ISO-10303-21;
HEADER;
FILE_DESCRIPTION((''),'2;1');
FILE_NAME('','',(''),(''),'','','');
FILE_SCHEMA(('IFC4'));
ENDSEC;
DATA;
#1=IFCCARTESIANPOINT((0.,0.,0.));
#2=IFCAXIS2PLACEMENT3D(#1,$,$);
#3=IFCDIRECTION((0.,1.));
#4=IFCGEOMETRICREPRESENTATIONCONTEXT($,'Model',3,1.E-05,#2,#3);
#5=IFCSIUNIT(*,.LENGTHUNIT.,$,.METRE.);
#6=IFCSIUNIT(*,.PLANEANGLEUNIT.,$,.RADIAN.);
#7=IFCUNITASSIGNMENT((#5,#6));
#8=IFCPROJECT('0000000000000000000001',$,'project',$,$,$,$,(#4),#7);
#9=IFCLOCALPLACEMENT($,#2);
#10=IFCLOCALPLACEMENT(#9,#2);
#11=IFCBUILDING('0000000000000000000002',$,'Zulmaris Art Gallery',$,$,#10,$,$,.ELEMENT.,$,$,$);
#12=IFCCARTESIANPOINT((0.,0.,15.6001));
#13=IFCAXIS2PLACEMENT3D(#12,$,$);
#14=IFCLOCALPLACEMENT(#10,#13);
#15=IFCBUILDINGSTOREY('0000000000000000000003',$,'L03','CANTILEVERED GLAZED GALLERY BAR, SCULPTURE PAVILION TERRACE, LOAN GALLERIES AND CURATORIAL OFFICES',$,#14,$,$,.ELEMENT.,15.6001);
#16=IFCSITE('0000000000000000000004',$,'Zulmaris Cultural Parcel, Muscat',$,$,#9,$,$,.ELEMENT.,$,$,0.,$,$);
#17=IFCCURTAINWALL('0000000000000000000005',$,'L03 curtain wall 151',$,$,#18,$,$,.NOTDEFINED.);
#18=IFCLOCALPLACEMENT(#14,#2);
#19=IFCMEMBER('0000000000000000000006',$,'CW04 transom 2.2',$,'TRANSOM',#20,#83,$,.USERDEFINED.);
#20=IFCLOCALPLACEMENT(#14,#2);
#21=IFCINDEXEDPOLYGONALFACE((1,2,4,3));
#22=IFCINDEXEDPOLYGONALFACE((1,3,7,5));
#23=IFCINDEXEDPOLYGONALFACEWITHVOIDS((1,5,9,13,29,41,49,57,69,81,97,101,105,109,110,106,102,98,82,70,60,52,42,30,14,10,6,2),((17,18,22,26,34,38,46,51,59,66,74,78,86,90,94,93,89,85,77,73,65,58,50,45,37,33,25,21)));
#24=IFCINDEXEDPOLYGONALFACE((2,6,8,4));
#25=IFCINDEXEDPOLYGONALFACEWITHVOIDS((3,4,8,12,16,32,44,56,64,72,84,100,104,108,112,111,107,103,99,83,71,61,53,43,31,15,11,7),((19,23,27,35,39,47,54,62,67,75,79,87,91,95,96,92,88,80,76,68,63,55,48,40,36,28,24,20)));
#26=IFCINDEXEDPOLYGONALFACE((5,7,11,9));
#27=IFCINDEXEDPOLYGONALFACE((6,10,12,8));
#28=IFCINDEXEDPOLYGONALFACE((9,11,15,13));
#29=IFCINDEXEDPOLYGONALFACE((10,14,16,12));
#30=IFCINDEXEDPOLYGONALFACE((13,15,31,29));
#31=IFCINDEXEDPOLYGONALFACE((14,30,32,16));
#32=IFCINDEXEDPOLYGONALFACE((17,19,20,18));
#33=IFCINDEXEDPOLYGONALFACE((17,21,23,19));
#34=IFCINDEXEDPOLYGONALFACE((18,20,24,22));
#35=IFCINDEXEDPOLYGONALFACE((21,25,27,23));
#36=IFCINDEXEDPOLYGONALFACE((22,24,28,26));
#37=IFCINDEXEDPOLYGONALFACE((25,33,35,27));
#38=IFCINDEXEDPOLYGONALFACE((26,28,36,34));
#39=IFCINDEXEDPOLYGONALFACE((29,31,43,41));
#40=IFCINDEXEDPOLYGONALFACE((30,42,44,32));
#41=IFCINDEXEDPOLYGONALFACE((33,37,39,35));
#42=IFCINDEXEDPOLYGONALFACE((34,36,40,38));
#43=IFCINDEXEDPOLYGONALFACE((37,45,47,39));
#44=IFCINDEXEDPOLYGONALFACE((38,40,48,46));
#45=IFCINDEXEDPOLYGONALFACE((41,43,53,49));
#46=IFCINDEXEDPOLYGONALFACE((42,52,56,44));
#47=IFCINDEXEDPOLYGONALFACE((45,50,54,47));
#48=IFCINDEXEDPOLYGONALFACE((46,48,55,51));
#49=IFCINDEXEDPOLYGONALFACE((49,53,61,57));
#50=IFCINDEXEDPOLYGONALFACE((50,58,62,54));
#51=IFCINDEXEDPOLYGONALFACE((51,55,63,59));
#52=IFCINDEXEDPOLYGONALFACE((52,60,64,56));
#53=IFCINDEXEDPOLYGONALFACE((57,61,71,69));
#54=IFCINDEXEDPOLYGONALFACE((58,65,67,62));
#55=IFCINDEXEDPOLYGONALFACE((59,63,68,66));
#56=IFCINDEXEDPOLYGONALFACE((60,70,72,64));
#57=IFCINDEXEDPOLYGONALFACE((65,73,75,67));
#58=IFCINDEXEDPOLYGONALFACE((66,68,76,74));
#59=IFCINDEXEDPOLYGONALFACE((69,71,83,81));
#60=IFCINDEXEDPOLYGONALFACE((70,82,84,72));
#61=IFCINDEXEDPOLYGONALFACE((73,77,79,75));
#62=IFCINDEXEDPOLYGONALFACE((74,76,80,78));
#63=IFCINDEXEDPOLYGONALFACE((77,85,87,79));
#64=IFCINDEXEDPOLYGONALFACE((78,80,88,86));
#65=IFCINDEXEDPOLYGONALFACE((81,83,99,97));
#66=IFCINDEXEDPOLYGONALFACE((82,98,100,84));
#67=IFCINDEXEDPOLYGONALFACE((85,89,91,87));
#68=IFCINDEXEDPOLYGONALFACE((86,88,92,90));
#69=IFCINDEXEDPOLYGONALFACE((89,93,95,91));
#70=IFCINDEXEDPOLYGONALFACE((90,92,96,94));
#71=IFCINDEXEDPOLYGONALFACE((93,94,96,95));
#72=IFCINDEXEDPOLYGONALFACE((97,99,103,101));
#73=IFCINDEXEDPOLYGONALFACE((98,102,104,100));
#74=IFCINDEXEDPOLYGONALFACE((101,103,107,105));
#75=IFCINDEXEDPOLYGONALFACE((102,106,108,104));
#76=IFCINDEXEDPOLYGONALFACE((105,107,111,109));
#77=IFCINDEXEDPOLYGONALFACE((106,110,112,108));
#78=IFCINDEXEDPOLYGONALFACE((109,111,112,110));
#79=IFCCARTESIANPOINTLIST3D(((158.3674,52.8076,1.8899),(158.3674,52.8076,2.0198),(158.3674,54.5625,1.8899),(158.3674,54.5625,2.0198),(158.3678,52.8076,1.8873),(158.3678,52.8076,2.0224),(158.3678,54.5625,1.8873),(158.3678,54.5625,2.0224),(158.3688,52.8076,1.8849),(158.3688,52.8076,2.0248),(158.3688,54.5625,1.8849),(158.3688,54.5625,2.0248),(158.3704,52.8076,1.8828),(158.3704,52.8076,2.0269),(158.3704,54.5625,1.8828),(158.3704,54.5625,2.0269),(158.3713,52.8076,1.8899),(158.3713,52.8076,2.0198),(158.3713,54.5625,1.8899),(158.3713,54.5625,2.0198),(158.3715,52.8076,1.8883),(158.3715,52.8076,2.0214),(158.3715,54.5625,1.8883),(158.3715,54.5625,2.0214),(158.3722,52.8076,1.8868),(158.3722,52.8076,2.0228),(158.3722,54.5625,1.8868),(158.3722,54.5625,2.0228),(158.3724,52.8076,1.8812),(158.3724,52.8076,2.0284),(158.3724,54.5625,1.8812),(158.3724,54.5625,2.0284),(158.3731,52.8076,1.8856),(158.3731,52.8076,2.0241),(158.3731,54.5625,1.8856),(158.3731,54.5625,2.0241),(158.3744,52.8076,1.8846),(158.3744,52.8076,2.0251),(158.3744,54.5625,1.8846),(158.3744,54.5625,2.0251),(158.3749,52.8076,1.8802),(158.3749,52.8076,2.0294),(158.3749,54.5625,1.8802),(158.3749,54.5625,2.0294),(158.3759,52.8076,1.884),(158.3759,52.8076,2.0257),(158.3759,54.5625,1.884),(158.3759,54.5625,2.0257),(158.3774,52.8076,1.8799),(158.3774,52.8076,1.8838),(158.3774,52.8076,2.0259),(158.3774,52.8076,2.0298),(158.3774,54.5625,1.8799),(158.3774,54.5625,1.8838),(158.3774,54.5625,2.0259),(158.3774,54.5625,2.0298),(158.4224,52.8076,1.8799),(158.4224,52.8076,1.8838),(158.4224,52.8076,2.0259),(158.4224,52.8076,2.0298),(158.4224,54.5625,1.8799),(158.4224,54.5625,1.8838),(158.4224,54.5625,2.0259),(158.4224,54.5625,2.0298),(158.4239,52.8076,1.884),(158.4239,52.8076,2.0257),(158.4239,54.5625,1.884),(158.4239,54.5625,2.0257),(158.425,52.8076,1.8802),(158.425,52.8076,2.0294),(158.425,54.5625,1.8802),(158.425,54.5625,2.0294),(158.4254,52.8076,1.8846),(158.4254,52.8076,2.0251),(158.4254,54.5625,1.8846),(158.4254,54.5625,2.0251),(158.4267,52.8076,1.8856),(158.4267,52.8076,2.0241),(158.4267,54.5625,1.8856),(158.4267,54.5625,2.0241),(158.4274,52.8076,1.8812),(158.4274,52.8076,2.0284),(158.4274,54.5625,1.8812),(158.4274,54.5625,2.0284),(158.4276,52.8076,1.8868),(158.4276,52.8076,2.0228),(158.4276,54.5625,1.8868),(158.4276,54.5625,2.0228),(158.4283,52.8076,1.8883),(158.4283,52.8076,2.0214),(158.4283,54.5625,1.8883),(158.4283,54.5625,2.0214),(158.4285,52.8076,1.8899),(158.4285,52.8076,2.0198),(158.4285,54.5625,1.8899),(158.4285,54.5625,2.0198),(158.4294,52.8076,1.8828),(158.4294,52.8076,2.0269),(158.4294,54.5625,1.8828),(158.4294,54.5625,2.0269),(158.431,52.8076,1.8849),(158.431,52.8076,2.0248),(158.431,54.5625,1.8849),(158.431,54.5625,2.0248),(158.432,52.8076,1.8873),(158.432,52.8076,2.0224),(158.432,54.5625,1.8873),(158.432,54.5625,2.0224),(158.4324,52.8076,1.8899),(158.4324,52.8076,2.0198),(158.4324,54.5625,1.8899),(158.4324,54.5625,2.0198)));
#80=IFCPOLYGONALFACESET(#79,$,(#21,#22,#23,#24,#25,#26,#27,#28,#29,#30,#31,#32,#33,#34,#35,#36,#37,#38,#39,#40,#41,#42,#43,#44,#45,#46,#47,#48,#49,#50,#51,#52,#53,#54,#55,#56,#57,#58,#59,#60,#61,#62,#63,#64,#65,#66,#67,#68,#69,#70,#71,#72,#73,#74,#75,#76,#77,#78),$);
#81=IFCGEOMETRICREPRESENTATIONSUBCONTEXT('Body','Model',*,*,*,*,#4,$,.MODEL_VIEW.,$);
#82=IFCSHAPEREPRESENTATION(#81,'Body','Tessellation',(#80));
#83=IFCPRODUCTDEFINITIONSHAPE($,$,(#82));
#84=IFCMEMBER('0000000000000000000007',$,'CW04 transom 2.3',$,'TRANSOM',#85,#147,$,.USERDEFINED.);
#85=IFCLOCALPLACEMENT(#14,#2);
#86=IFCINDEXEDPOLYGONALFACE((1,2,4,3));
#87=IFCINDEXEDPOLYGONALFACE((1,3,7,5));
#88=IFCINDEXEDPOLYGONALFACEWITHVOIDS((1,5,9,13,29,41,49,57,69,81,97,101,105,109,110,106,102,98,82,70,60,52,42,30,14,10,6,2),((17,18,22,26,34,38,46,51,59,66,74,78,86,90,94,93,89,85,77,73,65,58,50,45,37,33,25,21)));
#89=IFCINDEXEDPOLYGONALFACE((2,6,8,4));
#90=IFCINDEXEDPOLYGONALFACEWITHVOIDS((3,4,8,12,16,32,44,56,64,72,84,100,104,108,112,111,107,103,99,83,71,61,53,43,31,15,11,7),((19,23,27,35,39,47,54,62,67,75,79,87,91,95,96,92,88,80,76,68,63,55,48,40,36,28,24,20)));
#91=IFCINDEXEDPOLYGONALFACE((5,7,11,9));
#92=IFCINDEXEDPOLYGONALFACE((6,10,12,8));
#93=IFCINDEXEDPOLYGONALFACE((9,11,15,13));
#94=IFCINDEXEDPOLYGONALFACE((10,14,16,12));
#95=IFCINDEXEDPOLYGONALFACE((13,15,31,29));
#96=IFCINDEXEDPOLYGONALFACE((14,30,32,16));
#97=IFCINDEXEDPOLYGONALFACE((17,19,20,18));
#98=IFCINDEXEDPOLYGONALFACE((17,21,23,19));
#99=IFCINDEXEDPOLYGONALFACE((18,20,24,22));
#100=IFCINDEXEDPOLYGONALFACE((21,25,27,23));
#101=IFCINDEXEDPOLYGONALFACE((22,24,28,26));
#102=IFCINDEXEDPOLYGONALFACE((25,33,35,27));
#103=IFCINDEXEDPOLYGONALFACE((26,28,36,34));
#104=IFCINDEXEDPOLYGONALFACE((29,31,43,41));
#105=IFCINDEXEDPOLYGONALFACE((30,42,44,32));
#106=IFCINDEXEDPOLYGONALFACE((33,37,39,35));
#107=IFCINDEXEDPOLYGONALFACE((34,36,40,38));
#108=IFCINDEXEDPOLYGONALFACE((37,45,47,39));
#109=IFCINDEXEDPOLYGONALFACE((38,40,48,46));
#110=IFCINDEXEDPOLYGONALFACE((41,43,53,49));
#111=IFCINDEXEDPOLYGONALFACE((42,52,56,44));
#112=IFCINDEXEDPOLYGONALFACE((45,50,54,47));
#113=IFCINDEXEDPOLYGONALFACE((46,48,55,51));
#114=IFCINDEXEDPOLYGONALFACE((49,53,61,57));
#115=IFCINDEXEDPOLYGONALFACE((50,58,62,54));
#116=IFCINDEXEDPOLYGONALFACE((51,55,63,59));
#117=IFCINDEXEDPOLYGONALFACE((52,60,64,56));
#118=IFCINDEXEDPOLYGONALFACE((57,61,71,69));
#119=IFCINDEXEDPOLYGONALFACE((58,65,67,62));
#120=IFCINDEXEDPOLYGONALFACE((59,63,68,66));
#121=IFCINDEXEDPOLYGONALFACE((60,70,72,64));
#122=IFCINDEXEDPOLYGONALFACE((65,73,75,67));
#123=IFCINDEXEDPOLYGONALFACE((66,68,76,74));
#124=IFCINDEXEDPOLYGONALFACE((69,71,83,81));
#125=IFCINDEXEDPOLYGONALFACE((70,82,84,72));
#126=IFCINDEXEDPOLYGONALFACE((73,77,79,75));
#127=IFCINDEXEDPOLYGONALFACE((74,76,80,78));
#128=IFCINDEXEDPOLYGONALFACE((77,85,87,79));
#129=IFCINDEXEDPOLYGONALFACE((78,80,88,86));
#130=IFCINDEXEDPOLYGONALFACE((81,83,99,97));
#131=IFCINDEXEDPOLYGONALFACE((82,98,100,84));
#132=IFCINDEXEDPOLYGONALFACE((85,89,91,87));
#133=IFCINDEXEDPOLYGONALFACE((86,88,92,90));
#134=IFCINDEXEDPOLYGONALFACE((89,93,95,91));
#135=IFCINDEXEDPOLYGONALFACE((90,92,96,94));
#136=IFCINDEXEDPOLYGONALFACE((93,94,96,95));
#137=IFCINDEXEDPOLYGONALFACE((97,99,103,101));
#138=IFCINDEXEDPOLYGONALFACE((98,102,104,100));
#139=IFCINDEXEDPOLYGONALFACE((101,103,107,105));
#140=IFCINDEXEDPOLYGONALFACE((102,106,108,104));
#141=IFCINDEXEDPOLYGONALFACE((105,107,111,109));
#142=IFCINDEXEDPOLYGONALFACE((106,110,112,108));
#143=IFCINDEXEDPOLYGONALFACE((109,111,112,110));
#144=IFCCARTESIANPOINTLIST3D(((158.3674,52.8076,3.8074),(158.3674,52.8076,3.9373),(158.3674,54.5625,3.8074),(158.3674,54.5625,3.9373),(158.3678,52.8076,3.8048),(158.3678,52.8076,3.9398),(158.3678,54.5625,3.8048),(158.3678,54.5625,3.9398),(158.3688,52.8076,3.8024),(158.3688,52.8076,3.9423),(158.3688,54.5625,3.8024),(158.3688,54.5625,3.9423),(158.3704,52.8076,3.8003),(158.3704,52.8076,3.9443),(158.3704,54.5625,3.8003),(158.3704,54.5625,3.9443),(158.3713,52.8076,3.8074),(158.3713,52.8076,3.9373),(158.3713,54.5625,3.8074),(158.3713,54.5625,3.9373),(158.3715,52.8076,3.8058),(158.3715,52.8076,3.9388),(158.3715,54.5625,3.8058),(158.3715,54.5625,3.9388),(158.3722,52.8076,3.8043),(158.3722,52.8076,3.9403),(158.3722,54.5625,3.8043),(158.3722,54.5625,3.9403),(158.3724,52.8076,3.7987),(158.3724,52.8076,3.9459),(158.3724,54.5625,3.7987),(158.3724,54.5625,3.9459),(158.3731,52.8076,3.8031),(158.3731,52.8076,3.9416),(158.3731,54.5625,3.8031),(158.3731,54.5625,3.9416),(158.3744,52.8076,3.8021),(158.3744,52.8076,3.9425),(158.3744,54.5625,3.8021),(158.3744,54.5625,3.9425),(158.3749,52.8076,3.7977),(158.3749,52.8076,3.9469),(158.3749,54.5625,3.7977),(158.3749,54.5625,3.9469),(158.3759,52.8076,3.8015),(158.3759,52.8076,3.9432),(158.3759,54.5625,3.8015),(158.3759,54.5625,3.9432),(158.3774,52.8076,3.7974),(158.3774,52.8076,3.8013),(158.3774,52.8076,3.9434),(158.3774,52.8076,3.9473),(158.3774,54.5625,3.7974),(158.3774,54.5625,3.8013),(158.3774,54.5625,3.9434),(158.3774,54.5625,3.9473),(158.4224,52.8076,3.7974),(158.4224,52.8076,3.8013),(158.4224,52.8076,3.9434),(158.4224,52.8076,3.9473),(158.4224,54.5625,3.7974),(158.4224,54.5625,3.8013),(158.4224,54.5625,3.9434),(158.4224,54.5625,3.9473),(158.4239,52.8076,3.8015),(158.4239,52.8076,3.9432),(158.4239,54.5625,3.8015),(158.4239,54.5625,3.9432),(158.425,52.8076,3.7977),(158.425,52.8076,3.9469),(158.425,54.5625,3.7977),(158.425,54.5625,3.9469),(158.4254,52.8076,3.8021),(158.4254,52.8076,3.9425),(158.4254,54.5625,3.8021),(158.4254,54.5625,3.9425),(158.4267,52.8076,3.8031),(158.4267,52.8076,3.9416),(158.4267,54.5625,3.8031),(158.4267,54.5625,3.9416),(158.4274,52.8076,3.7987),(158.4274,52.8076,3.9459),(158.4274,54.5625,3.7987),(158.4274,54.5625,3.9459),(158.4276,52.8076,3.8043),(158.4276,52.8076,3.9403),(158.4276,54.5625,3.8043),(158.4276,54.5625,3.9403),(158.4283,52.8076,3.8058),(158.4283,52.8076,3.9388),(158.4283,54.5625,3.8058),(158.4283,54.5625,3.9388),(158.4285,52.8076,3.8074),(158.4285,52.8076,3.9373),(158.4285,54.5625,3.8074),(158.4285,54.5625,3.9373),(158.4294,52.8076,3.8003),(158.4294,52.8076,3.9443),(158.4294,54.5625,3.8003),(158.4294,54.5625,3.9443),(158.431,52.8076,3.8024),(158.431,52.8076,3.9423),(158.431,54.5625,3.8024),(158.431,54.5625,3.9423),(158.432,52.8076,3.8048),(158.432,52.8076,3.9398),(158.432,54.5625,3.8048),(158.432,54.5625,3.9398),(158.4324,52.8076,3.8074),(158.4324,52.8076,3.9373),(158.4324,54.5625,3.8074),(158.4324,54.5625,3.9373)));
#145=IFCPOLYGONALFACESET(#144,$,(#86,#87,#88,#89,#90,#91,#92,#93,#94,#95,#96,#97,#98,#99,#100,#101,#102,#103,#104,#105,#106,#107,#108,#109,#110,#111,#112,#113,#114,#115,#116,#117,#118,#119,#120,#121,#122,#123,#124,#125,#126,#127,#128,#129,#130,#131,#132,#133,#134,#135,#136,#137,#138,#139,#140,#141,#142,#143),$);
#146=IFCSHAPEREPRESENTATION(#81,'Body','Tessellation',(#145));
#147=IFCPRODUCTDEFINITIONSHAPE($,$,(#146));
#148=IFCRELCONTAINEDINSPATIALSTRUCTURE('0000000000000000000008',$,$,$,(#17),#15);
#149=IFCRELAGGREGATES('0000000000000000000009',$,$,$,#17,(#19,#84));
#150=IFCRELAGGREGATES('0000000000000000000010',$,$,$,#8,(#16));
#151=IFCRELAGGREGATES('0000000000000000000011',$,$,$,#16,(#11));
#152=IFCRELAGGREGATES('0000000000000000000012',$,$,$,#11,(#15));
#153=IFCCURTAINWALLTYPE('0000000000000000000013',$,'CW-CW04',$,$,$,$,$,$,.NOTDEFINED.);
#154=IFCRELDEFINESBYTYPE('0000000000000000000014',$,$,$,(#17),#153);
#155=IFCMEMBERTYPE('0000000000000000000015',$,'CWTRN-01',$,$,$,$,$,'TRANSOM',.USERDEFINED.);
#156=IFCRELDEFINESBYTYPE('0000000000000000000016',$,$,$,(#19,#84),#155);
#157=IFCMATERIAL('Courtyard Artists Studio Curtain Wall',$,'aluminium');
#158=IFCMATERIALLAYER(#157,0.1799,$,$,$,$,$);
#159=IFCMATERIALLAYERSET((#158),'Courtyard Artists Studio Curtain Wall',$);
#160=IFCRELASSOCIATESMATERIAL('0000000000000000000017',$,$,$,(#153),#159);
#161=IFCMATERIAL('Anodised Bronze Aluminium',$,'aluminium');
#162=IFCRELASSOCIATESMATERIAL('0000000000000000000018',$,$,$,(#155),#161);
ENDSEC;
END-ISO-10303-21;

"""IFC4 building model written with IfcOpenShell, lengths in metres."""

from ifc_helpers import new_model, si_unit, direction, frame, origin, origin_2d, place, context, subcontext, project, spatial, hollow_rectangle, extrude, material, layer, layer_set, material_profile, profile_set, type_object, element, aggregate, save


model = new_model("IFC4")

# Units and contexts
model_context = context("Model", 3, precision=1e-05, world=origin(), true_north=direction((0.0, 1.0)))
body_context = subcontext(model_context, "Body", "Model", "MODEL_VIEW")
ifc_project = project(units=[si_unit("LENGTHUNIT", "METRE"), si_unit("PLANEANGLEUNIT", "RADIAN")], contexts=[model_context])

# Site, building, storey
site_placement = place(None, origin())
site = spatial("IfcSite", under=ifc_project, at=site_placement, Name="Zulmaris Cultural Parcel, Muscat", CompositionType="ELEMENT", RefElevation=0.0)
building_placement = place(site_placement, origin())
building = spatial("IfcBuilding", under=site, at=building_placement, Name="Zulmaris Art Gallery", CompositionType="ELEMENT")
storey_placement = place(building_placement, frame((0.0, 0.0, 15.6001)))
storey = spatial("IfcBuildingStorey", under=building, at=storey_placement, Name="L03", Description="CANTILEVERED GLAZED GALLERY BAR, SCULPTURE PAVILION TERRACE, LOAN GALLERIES AND CURATORIAL OFFICES", CompositionType="ELEMENT", Elevation=15.6001)

# Curtain wall, members
ifc_material_1 = material(Name="Courtyard Artists Studio Curtain Wall", Category="aluminium")
ifc_layer_1 = layer(ifc_material_1, 0.1799)
ifc_layer_set_1 = layer_set([ifc_layer_1], Name="Courtyard Artists Studio Curtain Wall")
curtain_wall_type = type_object("IfcCurtainWallType", Name="CW-CW04", PredefinedType="NOTDEFINED", material=ifc_layer_set_1)
ifc_material_2 = material(Name="Anodised Bronze Aluminium", Category="aluminium")
curtain_wall_1_placement = place(storey_placement, origin())
curtain_wall_1 = element("IfcCurtainWall", 1, at=curtain_wall_1_placement, inside=storey, type_object=curtain_wall_type, Name="L03 curtain wall 151", PredefinedType="NOTDEFINED")
ifc_material_profile_1 = material_profile(ifc_material_2, hollow_rectangle(XDim=0.0649, YDim=0.1499, WallThickness=0.0039, InnerFilletRadius=0.0061, OuterFilletRadius=0.01, at=origin_2d()), Name="ALU 65x150x4")
ifc_profile_set_1 = profile_set([ifc_material_profile_1], Name="Anodised Bronze Aluminium")
member_type_1 = type_object("IfcMemberType", Name="CWTRN-01", ElementType="TRANSOM", PredefinedType="USERDEFINED", material=ifc_profile_set_1)
member_1_placement = place(storey_placement, frame((158.3999, 52.8076, 1.9548), z_axis=(0.0, 1.0, 0.0), x_axis=(-1.0, 0.0, 0.0)))
member_1 = element("IfcMember", 2, at=member_1_placement, type_object=member_type_1, Name="CW04 transom 2.2", ObjectType="TRANSOM", PredefinedType="USERDEFINED", context=body_context, shape_type="SweptSolid", body=[
    extrude(hollow_rectangle(XDim=0.0649, YDim=0.1499, WallThickness=0.0039, InnerFilletRadius=0.0061, OuterFilletRadius=0.01, at=origin_2d()), origin(), (0.0, 0.0, 1.0), 1.7549),
])
member_2_placement = place(storey_placement, frame((158.3999, 52.8076, 3.8723), z_axis=(0.0, 1.0, 0.0), x_axis=(-1.0, 0.0, 0.0)))
member_2 = element("IfcMember", 3, at=member_2_placement, type_object=member_type_1, Name="CW04 transom 2.3", ObjectType="TRANSOM", PredefinedType="USERDEFINED", context=body_context, shape_type="SweptSolid", body=[
    extrude(hollow_rectangle(XDim=0.0649, YDim=0.1499, WallThickness=0.0039, InnerFilletRadius=0.0061, OuterFilletRadius=0.01, at=origin_2d()), origin(), (0.0, 0.0, 1.0), 1.7549),
])

aggregate(curtain_wall_1, [member_1, member_2])

save(model, "model.ifc")
